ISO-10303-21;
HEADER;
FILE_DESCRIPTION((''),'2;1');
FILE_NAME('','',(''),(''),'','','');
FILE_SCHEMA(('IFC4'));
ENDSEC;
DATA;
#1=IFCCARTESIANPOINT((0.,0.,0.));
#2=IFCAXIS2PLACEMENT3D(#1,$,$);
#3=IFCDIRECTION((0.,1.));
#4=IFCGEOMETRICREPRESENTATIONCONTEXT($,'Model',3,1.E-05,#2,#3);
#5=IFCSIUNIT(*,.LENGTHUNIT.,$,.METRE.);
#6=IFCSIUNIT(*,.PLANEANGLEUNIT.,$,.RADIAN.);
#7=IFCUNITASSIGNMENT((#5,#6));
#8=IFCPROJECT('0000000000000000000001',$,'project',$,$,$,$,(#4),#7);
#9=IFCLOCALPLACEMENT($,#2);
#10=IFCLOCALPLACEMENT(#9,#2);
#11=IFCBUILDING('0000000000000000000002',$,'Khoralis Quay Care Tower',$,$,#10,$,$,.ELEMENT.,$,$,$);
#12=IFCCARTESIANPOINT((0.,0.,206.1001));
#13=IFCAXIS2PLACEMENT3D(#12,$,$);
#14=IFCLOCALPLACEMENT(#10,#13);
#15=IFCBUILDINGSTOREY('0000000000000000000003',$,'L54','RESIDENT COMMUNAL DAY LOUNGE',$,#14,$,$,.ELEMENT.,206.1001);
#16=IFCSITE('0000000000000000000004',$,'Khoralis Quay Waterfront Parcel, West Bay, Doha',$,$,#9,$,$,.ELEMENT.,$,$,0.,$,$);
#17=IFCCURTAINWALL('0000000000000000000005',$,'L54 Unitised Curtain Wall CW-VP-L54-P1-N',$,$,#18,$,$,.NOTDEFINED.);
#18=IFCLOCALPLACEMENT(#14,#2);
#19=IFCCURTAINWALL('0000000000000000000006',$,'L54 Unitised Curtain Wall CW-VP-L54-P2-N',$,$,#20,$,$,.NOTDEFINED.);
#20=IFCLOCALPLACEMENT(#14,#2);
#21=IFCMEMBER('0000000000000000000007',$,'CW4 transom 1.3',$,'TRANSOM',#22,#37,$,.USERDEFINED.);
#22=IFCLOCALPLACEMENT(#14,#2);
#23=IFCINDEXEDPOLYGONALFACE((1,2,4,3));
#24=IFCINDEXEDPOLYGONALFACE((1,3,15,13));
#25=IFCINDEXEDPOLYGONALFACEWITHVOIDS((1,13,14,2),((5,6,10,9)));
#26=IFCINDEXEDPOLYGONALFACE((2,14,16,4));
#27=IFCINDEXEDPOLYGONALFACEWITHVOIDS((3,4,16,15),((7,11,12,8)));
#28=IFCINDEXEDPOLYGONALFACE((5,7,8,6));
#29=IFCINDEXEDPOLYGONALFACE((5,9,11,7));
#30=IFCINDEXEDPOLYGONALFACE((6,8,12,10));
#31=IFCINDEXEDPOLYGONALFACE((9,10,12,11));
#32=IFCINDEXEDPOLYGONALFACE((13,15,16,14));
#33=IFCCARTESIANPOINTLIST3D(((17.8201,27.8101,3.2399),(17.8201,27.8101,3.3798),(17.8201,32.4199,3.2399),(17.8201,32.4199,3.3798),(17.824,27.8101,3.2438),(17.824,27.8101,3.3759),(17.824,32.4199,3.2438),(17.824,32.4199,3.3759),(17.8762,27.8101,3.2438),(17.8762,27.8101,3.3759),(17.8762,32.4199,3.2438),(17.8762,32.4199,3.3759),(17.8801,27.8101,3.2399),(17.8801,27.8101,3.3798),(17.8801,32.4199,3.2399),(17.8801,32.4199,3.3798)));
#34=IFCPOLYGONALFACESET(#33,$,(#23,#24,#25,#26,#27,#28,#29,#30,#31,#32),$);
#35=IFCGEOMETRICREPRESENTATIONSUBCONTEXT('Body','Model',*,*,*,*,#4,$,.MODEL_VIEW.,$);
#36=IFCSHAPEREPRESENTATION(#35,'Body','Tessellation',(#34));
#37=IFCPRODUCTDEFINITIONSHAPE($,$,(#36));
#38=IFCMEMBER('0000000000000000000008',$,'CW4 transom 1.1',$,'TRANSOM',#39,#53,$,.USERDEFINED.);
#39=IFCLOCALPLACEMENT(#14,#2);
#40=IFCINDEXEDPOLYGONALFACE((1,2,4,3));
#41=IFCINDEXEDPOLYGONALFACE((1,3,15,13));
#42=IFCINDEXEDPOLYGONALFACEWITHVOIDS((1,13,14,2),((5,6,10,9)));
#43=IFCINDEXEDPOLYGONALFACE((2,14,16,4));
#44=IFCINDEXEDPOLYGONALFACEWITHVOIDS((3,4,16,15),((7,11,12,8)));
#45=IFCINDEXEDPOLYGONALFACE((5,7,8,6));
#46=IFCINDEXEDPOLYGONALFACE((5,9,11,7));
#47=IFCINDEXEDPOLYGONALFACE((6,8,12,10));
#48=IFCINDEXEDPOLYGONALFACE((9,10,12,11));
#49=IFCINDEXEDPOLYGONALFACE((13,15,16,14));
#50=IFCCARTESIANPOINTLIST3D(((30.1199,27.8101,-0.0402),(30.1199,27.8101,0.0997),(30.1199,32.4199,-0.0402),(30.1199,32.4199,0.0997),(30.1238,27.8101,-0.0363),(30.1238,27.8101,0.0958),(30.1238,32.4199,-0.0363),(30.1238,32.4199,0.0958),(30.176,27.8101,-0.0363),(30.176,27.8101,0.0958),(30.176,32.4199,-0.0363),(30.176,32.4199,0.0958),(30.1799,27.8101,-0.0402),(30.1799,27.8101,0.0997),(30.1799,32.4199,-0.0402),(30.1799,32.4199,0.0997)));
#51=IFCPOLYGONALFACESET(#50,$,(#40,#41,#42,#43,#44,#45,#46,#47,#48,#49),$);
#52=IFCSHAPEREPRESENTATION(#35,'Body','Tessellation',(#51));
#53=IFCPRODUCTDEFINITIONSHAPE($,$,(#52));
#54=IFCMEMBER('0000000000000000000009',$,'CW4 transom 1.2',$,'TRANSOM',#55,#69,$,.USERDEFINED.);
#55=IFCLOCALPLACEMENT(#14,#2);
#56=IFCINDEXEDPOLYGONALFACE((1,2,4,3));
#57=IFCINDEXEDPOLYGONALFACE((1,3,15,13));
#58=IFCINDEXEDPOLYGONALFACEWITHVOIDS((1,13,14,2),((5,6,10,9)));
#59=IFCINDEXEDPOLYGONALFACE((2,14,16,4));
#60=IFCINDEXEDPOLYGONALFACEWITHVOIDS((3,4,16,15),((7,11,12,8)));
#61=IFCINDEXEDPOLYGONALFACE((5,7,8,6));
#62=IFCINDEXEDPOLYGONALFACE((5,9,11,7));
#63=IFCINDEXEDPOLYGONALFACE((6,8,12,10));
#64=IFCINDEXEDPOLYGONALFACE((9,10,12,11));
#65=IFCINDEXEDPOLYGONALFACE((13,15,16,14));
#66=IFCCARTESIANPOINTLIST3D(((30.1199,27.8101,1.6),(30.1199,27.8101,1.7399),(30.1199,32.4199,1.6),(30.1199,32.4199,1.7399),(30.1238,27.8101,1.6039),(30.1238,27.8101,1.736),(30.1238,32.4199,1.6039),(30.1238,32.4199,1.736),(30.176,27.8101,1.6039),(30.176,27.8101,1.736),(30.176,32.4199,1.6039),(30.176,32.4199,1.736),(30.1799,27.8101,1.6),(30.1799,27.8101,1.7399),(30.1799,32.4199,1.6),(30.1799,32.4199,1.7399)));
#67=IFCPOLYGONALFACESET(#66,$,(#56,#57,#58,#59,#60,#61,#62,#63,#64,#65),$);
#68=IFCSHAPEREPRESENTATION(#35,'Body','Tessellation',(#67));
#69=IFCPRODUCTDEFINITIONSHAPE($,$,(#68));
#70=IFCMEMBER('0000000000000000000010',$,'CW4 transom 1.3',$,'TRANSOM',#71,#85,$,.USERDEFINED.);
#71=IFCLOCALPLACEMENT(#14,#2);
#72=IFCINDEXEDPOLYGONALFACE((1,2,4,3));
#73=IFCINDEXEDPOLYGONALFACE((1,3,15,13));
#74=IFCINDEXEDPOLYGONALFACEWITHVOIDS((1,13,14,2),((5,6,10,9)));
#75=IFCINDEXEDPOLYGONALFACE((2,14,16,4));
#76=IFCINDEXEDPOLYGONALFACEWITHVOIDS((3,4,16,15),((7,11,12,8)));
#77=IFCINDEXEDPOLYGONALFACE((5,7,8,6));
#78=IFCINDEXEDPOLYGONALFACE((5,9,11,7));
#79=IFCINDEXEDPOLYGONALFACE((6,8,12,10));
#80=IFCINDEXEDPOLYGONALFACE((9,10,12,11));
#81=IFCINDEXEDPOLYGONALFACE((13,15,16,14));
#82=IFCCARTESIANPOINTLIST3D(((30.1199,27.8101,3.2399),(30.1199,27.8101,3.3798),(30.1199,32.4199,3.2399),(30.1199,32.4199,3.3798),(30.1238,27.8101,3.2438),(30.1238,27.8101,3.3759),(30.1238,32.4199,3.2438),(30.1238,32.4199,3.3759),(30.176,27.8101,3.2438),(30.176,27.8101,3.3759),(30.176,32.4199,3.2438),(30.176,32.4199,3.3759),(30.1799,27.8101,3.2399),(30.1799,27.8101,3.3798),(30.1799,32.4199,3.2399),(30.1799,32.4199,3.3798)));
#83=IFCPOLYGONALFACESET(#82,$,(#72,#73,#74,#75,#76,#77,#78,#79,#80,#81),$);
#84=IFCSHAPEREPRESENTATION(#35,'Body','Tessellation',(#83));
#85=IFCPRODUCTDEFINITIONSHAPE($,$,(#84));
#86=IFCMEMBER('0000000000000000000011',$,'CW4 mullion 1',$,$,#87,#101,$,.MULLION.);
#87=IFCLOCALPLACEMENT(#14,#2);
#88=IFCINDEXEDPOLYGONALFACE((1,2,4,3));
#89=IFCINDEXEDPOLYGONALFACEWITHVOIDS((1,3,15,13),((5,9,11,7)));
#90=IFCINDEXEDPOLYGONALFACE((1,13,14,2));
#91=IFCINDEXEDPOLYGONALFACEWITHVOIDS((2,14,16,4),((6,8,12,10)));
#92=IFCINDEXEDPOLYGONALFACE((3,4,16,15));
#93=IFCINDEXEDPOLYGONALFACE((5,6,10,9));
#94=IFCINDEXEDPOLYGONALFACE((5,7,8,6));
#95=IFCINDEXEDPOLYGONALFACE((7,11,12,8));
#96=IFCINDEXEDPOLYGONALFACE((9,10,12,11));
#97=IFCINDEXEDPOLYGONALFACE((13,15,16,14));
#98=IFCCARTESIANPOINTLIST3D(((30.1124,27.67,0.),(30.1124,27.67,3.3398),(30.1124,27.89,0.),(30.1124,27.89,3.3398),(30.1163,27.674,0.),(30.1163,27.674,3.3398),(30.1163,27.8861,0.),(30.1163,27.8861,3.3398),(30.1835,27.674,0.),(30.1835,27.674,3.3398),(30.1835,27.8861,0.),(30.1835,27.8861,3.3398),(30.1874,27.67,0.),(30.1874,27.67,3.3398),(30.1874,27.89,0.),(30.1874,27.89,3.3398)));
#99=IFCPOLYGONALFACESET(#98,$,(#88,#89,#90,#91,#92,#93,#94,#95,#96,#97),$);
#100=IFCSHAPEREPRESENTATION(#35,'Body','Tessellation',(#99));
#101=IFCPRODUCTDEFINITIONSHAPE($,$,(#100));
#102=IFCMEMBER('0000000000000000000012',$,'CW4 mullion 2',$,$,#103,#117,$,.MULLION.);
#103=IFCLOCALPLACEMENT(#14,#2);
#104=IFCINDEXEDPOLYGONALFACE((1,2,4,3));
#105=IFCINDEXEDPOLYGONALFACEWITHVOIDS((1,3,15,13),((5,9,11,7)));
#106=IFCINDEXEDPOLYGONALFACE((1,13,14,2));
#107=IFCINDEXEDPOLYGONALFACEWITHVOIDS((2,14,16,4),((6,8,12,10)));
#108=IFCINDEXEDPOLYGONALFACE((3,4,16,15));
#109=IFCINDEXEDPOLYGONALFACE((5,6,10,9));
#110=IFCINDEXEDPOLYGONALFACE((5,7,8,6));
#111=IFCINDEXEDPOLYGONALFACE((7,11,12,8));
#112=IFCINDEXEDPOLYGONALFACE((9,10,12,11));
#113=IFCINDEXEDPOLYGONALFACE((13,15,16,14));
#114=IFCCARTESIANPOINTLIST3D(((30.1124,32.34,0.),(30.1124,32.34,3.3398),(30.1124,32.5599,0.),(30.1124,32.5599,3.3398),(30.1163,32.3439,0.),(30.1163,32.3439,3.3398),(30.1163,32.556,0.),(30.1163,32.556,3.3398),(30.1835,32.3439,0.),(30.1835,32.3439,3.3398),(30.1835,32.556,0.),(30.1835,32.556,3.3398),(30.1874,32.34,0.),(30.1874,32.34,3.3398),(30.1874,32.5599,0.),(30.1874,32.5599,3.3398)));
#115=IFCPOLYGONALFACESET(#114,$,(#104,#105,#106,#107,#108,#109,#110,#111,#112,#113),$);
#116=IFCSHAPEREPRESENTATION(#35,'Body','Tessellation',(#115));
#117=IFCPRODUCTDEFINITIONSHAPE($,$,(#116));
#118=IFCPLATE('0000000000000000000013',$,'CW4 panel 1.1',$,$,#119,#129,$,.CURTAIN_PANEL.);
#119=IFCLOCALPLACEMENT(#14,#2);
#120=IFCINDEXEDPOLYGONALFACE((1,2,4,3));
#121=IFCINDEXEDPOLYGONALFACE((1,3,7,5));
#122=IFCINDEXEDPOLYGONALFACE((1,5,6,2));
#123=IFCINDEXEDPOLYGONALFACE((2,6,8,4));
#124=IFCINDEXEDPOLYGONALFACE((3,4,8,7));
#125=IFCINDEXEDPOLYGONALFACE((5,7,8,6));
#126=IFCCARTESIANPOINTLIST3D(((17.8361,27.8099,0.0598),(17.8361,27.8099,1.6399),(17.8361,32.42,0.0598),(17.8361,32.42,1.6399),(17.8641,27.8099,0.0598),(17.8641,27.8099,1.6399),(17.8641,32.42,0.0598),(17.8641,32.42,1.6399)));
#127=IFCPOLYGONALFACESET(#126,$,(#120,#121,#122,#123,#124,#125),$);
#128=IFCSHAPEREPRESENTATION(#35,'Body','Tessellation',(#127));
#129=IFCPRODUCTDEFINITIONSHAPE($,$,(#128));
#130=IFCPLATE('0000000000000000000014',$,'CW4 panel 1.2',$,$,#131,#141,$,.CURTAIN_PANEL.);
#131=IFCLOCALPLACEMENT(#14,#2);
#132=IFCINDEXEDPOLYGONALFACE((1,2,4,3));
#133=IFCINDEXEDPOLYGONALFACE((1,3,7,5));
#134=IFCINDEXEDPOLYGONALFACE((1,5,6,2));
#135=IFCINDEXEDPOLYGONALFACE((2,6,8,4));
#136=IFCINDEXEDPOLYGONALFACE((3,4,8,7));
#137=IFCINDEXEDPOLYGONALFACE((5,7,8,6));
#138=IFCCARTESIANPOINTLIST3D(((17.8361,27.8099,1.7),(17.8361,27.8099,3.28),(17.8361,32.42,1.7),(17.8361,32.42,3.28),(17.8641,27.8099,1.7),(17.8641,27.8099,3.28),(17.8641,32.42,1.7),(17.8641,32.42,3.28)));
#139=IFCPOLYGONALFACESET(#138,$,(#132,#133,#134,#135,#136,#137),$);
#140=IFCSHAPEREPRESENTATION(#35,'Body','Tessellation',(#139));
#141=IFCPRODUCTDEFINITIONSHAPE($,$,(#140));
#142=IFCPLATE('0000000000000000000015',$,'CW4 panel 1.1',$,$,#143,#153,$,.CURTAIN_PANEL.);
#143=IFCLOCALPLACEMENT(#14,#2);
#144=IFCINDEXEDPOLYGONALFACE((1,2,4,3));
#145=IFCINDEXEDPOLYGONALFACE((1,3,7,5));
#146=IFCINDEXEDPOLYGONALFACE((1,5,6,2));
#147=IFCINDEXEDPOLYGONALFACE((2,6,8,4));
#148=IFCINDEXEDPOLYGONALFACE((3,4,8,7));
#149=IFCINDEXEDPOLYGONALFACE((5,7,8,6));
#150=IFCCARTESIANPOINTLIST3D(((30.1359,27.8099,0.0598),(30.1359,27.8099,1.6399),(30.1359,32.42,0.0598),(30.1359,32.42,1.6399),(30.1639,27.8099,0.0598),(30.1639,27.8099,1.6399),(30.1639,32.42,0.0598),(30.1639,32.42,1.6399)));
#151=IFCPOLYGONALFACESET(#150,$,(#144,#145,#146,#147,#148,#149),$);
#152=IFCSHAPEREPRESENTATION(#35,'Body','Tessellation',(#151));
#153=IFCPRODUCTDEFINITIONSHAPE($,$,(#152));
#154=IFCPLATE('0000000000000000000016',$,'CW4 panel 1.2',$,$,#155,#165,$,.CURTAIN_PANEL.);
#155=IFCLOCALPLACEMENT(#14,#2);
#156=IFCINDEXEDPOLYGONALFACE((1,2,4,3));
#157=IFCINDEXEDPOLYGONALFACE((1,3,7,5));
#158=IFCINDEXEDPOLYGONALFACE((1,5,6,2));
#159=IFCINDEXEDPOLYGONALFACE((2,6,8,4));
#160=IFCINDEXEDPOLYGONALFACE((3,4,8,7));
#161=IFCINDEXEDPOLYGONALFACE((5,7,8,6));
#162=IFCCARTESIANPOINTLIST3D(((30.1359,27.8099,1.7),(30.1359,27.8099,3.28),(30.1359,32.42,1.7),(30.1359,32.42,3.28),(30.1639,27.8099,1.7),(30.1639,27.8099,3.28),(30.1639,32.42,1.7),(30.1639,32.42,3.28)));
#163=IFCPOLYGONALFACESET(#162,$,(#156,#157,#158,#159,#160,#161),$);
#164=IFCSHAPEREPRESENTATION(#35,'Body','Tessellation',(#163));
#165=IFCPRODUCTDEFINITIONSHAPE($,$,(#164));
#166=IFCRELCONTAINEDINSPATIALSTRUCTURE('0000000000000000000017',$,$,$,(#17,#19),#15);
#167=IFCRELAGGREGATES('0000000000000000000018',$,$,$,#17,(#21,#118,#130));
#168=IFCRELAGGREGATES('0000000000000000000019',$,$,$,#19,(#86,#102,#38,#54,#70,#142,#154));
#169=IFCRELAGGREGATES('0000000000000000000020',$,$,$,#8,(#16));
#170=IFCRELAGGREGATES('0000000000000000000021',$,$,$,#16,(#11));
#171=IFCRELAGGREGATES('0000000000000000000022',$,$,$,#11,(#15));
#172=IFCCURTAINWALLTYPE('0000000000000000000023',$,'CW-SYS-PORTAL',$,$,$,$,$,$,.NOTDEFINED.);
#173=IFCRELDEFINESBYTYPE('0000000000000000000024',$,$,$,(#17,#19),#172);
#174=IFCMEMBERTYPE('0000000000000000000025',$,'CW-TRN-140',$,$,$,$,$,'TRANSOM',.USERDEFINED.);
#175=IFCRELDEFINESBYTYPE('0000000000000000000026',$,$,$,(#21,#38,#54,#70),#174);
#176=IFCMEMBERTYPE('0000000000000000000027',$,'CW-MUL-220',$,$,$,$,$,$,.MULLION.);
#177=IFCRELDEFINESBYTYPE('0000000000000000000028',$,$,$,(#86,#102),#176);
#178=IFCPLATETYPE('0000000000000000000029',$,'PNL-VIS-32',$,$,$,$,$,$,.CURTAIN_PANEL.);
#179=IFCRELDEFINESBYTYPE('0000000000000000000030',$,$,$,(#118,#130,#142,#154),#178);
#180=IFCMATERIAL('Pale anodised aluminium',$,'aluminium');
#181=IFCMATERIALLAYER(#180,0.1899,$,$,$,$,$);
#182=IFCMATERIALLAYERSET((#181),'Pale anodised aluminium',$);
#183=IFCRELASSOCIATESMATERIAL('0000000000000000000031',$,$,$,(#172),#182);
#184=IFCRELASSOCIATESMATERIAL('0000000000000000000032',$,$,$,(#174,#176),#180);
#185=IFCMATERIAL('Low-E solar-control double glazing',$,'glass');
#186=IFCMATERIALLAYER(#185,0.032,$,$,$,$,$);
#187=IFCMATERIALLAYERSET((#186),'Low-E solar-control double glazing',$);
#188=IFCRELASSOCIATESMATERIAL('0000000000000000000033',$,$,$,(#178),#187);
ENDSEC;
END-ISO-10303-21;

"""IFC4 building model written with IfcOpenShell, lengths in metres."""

from ifc_helpers import new_model, si_unit, direction, frame, origin, origin_2d, place, context, subcontext, project, spatial, rectangle, hollow_rectangle, extrude, source, transform, mapped, material, layer, layer_set, material_profile, profile_set, type_object, element, aggregate, save


model = new_model("IFC4")

# Units and contexts
model_context = context("Model", 3, precision=1e-05, world=origin(), true_north=direction((0.0, 1.0)))
body_context = subcontext(model_context, "Body", "Model", "MODEL_VIEW")
ifc_project = project(units=[si_unit("LENGTHUNIT", "METRE"), si_unit("PLANEANGLEUNIT", "RADIAN")], contexts=[model_context])

# Site, building, storey
site_placement = place(None, origin())
site = spatial("IfcSite", under=ifc_project, at=site_placement, Name="Khoralis Quay Waterfront Parcel, West Bay, Doha", CompositionType="ELEMENT", RefElevation=0.0)
building_placement = place(site_placement, origin())
building = spatial("IfcBuilding", under=site, at=building_placement, Name="Khoralis Quay Care Tower", CompositionType="ELEMENT")
storey_placement = place(building_placement, frame((0.0, 0.0, 206.1001)))
storey = spatial("IfcBuildingStorey", under=building, at=storey_placement, Name="L54", Description="RESIDENT COMMUNAL DAY LOUNGE", CompositionType="ELEMENT", Elevation=206.1001)

# Curtain wall
ifc_material_1 = material(Name="Pale anodised aluminium", Category="aluminium")
ifc_layer_1 = layer(ifc_material_1, 0.1899)
ifc_layer_set_1 = layer_set([ifc_layer_1], Name="Pale anodised aluminium")
curtain_wall_type = type_object("IfcCurtainWallType", Name="CW-SYS-PORTAL", PredefinedType="NOTDEFINED", material=ifc_layer_set_1)
curtain_wall_1_placement = place(storey_placement, origin())
curtain_wall_1 = element("IfcCurtainWall", 1, at=curtain_wall_1_placement, inside=storey, type_object=curtain_wall_type, Name="L54 Unitised Curtain Wall CW-VP-L54-P1-N", PredefinedType="NOTDEFINED")
ifc_material_profile_1 = material_profile(ifc_material_1, hollow_rectangle(XDim=0.0601, YDim=0.1399, WallThickness=0.0039, at=origin_2d()), Name="Pale anodised aluminium")
ifc_profile_set_1 = profile_set([ifc_material_profile_1], Name="Pale anodised aluminium")
member_type_1 = type_object("IfcMemberType", Name="CW-TRN-140", ElementType="TRANSOM", PredefinedType="USERDEFINED", material=ifc_profile_set_1)

# Curtain wall
curtain_wall_2_placement = place(storey_placement, origin())
curtain_wall_2 = element("IfcCurtainWall", 2, at=curtain_wall_2_placement, inside=storey, type_object=curtain_wall_type, Name="L54 Unitised Curtain Wall CW-VP-L54-P2-N", PredefinedType="NOTDEFINED")

# Members
shared_shape_1 = source(origin(), body_context, "Body", "SweptSolid", [
    extrude(hollow_rectangle(XDim=0.0601, YDim=0.1399, WallThickness=0.0039, at=origin_2d()), origin(), (0.0, 0.0, 1.0), 4.6099),
])
member_1_placement = place(storey_placement, frame((17.8501, 27.8101, 3.3098), z_axis=(0.0, 1.0, 0.0), x_axis=(-1.0, 0.0, 0.0)))
member_1 = element("IfcMember", 3, at=member_1_placement, type_object=member_type_1, Name="CW4 transom 1.3", ObjectType="TRANSOM", PredefinedType="USERDEFINED", context=body_context, shape_type="MappedRepresentation", body=[
    mapped(shared_shape_1, transform((0.0, 0.0, 0.0), scale=1.0)),
])
member_2_placement = place(storey_placement, frame((30.1499, 27.8101, 0.0298), z_axis=(0.0, 1.0, 0.0), x_axis=(-1.0, 0.0, 0.0)))
member_2 = element("IfcMember", 4, at=member_2_placement, type_object=member_type_1, Name="CW4 transom 1.1", ObjectType="TRANSOM", PredefinedType="USERDEFINED", context=body_context, shape_type="MappedRepresentation", body=[
    mapped(shared_shape_1, transform((0.0, 0.0, 0.0), scale=1.0)),
])
member_3_placement = place(storey_placement, frame((30.1499, 27.8101, 1.6699), z_axis=(0.0, 1.0, 0.0), x_axis=(-1.0, 0.0, 0.0)))
member_3 = element("IfcMember", 5, at=member_3_placement, type_object=member_type_1, Name="CW4 transom 1.2", ObjectType="TRANSOM", PredefinedType="USERDEFINED", context=body_context, shape_type="MappedRepresentation", body=[
    mapped(shared_shape_1, transform((0.0, 0.0, 0.0), scale=1.0)),
])
member_4_placement = place(storey_placement, frame((30.1499, 27.8101, 3.3098), z_axis=(0.0, 1.0, 0.0), x_axis=(-1.0, 0.0, 0.0)))
member_4 = element("IfcMember", 6, at=member_4_placement, type_object=member_type_1, Name="CW4 transom 1.3", ObjectType="TRANSOM", PredefinedType="USERDEFINED", context=body_context, shape_type="MappedRepresentation", body=[
    mapped(shared_shape_1, transform((0.0, 0.0, 0.0), scale=1.0)),
])
ifc_material_profile_2 = material_profile(ifc_material_1, hollow_rectangle(XDim=0.075, YDim=0.22, WallThickness=0.0039, at=origin_2d()), Name="Pale anodised aluminium")
ifc_profile_set_2 = profile_set([ifc_material_profile_2], Name="Pale anodised aluminium")
member_type_2 = type_object("IfcMemberType", Name="CW-MUL-220", PredefinedType="MULLION", material=ifc_profile_set_2)
shared_shape_2 = source(origin(), body_context, "Body", "SweptSolid", [
    extrude(hollow_rectangle(XDim=0.075, YDim=0.22, WallThickness=0.0039, at=origin_2d()), origin(), (0.0, 0.0, 1.0), 3.3398),
])
member_5_placement = place(storey_placement, frame((30.1499, 27.78, 0.0), z_axis=(0.0, 0.0, 1.0), x_axis=(-1.0, 0.0, 0.0)))
member_5 = element("IfcMember", 7, at=member_5_placement, type_object=member_type_2, Name="CW4 mullion 1", PredefinedType="MULLION", context=body_context, shape_type="MappedRepresentation", body=[
    mapped(shared_shape_2, transform((0.0, 0.0, 0.0), scale=1.0)),
])
member_6_placement = place(storey_placement, frame((30.1499, 32.45, 0.0), z_axis=(0.0, 0.0, 1.0), x_axis=(-1.0, 0.0, 0.0)))
member_6 = element("IfcMember", 8, at=member_6_placement, type_object=member_type_2, Name="CW4 mullion 2", PredefinedType="MULLION", context=body_context, shape_type="MappedRepresentation", body=[
    mapped(shared_shape_2, transform((0.0, 0.0, 0.0), scale=1.0)),
])

# Plates
ifc_material_2 = material(Name="Low-E solar-control double glazing", Category="glass")
ifc_layer_2 = layer(ifc_material_2, 0.032)
ifc_layer_set_2 = layer_set([ifc_layer_2], Name="Low-E solar-control double glazing")
plate_type = type_object("IfcPlateType", Name="PNL-VIS-32", PredefinedType="CURTAIN_PANEL", material=ifc_layer_set_2)
shared_shape_3 = source(origin(), body_context, "Body", "SweptSolid", [
    extrude(rectangle(XDim=4.6101, YDim=0.0281, at=origin_2d()), origin(), (0.0, 0.0, 1.0), 1.5801),
])
plate_1_placement = place(storey_placement, frame((17.8501, 30.115, 0.0598), z_axis=(0.0, 0.0, 1.0), x_axis=(0.0, 1.0, 0.0)))
plate_1 = element("IfcPlate", 9, at=plate_1_placement, type_object=plate_type, Name="CW4 panel 1.1", PredefinedType="CURTAIN_PANEL", context=body_context, shape_type="MappedRepresentation", body=[
    mapped(shared_shape_3, transform((0.0, 0.0, 0.0), scale=1.0)),
])
plate_2_placement = place(storey_placement, frame((17.8501, 30.115, 1.7), z_axis=(0.0, 0.0, 1.0), x_axis=(0.0, 1.0, 0.0)))
plate_2 = element("IfcPlate", 10, at=plate_2_placement, type_object=plate_type, Name="CW4 panel 1.2", PredefinedType="CURTAIN_PANEL", context=body_context, shape_type="MappedRepresentation", body=[
    mapped(shared_shape_3, transform((0.0, 0.0, 0.0), scale=1.0)),
])
aggregate(curtain_wall_1, [member_1, plate_1, plate_2])
plate_3_placement = place(storey_placement, frame((30.1499, 30.115, 0.0598), z_axis=(0.0, 0.0, 1.0), x_axis=(0.0, 1.0, 0.0)))
plate_3 = element("IfcPlate", 11, at=plate_3_placement, type_object=plate_type, Name="CW4 panel 1.1", PredefinedType="CURTAIN_PANEL", context=body_context, shape_type="MappedRepresentation", body=[
    mapped(shared_shape_3, transform((0.0, 0.0, 0.0), scale=1.0)),
])
plate_4_placement = place(storey_placement, frame((30.1499, 30.115, 1.7), z_axis=(0.0, 0.0, 1.0), x_axis=(0.0, 1.0, 0.0)))
plate_4 = element("IfcPlate", 12, at=plate_4_placement, type_object=plate_type, Name="CW4 panel 1.2", PredefinedType="CURTAIN_PANEL", context=body_context, shape_type="MappedRepresentation", body=[
    mapped(shared_shape_3, transform((0.0, 0.0, 0.0), scale=1.0)),
])
aggregate(curtain_wall_2, [member_5, member_6, member_2, member_3, member_4, plate_3, plate_4])

save(model, "model.ifc")
